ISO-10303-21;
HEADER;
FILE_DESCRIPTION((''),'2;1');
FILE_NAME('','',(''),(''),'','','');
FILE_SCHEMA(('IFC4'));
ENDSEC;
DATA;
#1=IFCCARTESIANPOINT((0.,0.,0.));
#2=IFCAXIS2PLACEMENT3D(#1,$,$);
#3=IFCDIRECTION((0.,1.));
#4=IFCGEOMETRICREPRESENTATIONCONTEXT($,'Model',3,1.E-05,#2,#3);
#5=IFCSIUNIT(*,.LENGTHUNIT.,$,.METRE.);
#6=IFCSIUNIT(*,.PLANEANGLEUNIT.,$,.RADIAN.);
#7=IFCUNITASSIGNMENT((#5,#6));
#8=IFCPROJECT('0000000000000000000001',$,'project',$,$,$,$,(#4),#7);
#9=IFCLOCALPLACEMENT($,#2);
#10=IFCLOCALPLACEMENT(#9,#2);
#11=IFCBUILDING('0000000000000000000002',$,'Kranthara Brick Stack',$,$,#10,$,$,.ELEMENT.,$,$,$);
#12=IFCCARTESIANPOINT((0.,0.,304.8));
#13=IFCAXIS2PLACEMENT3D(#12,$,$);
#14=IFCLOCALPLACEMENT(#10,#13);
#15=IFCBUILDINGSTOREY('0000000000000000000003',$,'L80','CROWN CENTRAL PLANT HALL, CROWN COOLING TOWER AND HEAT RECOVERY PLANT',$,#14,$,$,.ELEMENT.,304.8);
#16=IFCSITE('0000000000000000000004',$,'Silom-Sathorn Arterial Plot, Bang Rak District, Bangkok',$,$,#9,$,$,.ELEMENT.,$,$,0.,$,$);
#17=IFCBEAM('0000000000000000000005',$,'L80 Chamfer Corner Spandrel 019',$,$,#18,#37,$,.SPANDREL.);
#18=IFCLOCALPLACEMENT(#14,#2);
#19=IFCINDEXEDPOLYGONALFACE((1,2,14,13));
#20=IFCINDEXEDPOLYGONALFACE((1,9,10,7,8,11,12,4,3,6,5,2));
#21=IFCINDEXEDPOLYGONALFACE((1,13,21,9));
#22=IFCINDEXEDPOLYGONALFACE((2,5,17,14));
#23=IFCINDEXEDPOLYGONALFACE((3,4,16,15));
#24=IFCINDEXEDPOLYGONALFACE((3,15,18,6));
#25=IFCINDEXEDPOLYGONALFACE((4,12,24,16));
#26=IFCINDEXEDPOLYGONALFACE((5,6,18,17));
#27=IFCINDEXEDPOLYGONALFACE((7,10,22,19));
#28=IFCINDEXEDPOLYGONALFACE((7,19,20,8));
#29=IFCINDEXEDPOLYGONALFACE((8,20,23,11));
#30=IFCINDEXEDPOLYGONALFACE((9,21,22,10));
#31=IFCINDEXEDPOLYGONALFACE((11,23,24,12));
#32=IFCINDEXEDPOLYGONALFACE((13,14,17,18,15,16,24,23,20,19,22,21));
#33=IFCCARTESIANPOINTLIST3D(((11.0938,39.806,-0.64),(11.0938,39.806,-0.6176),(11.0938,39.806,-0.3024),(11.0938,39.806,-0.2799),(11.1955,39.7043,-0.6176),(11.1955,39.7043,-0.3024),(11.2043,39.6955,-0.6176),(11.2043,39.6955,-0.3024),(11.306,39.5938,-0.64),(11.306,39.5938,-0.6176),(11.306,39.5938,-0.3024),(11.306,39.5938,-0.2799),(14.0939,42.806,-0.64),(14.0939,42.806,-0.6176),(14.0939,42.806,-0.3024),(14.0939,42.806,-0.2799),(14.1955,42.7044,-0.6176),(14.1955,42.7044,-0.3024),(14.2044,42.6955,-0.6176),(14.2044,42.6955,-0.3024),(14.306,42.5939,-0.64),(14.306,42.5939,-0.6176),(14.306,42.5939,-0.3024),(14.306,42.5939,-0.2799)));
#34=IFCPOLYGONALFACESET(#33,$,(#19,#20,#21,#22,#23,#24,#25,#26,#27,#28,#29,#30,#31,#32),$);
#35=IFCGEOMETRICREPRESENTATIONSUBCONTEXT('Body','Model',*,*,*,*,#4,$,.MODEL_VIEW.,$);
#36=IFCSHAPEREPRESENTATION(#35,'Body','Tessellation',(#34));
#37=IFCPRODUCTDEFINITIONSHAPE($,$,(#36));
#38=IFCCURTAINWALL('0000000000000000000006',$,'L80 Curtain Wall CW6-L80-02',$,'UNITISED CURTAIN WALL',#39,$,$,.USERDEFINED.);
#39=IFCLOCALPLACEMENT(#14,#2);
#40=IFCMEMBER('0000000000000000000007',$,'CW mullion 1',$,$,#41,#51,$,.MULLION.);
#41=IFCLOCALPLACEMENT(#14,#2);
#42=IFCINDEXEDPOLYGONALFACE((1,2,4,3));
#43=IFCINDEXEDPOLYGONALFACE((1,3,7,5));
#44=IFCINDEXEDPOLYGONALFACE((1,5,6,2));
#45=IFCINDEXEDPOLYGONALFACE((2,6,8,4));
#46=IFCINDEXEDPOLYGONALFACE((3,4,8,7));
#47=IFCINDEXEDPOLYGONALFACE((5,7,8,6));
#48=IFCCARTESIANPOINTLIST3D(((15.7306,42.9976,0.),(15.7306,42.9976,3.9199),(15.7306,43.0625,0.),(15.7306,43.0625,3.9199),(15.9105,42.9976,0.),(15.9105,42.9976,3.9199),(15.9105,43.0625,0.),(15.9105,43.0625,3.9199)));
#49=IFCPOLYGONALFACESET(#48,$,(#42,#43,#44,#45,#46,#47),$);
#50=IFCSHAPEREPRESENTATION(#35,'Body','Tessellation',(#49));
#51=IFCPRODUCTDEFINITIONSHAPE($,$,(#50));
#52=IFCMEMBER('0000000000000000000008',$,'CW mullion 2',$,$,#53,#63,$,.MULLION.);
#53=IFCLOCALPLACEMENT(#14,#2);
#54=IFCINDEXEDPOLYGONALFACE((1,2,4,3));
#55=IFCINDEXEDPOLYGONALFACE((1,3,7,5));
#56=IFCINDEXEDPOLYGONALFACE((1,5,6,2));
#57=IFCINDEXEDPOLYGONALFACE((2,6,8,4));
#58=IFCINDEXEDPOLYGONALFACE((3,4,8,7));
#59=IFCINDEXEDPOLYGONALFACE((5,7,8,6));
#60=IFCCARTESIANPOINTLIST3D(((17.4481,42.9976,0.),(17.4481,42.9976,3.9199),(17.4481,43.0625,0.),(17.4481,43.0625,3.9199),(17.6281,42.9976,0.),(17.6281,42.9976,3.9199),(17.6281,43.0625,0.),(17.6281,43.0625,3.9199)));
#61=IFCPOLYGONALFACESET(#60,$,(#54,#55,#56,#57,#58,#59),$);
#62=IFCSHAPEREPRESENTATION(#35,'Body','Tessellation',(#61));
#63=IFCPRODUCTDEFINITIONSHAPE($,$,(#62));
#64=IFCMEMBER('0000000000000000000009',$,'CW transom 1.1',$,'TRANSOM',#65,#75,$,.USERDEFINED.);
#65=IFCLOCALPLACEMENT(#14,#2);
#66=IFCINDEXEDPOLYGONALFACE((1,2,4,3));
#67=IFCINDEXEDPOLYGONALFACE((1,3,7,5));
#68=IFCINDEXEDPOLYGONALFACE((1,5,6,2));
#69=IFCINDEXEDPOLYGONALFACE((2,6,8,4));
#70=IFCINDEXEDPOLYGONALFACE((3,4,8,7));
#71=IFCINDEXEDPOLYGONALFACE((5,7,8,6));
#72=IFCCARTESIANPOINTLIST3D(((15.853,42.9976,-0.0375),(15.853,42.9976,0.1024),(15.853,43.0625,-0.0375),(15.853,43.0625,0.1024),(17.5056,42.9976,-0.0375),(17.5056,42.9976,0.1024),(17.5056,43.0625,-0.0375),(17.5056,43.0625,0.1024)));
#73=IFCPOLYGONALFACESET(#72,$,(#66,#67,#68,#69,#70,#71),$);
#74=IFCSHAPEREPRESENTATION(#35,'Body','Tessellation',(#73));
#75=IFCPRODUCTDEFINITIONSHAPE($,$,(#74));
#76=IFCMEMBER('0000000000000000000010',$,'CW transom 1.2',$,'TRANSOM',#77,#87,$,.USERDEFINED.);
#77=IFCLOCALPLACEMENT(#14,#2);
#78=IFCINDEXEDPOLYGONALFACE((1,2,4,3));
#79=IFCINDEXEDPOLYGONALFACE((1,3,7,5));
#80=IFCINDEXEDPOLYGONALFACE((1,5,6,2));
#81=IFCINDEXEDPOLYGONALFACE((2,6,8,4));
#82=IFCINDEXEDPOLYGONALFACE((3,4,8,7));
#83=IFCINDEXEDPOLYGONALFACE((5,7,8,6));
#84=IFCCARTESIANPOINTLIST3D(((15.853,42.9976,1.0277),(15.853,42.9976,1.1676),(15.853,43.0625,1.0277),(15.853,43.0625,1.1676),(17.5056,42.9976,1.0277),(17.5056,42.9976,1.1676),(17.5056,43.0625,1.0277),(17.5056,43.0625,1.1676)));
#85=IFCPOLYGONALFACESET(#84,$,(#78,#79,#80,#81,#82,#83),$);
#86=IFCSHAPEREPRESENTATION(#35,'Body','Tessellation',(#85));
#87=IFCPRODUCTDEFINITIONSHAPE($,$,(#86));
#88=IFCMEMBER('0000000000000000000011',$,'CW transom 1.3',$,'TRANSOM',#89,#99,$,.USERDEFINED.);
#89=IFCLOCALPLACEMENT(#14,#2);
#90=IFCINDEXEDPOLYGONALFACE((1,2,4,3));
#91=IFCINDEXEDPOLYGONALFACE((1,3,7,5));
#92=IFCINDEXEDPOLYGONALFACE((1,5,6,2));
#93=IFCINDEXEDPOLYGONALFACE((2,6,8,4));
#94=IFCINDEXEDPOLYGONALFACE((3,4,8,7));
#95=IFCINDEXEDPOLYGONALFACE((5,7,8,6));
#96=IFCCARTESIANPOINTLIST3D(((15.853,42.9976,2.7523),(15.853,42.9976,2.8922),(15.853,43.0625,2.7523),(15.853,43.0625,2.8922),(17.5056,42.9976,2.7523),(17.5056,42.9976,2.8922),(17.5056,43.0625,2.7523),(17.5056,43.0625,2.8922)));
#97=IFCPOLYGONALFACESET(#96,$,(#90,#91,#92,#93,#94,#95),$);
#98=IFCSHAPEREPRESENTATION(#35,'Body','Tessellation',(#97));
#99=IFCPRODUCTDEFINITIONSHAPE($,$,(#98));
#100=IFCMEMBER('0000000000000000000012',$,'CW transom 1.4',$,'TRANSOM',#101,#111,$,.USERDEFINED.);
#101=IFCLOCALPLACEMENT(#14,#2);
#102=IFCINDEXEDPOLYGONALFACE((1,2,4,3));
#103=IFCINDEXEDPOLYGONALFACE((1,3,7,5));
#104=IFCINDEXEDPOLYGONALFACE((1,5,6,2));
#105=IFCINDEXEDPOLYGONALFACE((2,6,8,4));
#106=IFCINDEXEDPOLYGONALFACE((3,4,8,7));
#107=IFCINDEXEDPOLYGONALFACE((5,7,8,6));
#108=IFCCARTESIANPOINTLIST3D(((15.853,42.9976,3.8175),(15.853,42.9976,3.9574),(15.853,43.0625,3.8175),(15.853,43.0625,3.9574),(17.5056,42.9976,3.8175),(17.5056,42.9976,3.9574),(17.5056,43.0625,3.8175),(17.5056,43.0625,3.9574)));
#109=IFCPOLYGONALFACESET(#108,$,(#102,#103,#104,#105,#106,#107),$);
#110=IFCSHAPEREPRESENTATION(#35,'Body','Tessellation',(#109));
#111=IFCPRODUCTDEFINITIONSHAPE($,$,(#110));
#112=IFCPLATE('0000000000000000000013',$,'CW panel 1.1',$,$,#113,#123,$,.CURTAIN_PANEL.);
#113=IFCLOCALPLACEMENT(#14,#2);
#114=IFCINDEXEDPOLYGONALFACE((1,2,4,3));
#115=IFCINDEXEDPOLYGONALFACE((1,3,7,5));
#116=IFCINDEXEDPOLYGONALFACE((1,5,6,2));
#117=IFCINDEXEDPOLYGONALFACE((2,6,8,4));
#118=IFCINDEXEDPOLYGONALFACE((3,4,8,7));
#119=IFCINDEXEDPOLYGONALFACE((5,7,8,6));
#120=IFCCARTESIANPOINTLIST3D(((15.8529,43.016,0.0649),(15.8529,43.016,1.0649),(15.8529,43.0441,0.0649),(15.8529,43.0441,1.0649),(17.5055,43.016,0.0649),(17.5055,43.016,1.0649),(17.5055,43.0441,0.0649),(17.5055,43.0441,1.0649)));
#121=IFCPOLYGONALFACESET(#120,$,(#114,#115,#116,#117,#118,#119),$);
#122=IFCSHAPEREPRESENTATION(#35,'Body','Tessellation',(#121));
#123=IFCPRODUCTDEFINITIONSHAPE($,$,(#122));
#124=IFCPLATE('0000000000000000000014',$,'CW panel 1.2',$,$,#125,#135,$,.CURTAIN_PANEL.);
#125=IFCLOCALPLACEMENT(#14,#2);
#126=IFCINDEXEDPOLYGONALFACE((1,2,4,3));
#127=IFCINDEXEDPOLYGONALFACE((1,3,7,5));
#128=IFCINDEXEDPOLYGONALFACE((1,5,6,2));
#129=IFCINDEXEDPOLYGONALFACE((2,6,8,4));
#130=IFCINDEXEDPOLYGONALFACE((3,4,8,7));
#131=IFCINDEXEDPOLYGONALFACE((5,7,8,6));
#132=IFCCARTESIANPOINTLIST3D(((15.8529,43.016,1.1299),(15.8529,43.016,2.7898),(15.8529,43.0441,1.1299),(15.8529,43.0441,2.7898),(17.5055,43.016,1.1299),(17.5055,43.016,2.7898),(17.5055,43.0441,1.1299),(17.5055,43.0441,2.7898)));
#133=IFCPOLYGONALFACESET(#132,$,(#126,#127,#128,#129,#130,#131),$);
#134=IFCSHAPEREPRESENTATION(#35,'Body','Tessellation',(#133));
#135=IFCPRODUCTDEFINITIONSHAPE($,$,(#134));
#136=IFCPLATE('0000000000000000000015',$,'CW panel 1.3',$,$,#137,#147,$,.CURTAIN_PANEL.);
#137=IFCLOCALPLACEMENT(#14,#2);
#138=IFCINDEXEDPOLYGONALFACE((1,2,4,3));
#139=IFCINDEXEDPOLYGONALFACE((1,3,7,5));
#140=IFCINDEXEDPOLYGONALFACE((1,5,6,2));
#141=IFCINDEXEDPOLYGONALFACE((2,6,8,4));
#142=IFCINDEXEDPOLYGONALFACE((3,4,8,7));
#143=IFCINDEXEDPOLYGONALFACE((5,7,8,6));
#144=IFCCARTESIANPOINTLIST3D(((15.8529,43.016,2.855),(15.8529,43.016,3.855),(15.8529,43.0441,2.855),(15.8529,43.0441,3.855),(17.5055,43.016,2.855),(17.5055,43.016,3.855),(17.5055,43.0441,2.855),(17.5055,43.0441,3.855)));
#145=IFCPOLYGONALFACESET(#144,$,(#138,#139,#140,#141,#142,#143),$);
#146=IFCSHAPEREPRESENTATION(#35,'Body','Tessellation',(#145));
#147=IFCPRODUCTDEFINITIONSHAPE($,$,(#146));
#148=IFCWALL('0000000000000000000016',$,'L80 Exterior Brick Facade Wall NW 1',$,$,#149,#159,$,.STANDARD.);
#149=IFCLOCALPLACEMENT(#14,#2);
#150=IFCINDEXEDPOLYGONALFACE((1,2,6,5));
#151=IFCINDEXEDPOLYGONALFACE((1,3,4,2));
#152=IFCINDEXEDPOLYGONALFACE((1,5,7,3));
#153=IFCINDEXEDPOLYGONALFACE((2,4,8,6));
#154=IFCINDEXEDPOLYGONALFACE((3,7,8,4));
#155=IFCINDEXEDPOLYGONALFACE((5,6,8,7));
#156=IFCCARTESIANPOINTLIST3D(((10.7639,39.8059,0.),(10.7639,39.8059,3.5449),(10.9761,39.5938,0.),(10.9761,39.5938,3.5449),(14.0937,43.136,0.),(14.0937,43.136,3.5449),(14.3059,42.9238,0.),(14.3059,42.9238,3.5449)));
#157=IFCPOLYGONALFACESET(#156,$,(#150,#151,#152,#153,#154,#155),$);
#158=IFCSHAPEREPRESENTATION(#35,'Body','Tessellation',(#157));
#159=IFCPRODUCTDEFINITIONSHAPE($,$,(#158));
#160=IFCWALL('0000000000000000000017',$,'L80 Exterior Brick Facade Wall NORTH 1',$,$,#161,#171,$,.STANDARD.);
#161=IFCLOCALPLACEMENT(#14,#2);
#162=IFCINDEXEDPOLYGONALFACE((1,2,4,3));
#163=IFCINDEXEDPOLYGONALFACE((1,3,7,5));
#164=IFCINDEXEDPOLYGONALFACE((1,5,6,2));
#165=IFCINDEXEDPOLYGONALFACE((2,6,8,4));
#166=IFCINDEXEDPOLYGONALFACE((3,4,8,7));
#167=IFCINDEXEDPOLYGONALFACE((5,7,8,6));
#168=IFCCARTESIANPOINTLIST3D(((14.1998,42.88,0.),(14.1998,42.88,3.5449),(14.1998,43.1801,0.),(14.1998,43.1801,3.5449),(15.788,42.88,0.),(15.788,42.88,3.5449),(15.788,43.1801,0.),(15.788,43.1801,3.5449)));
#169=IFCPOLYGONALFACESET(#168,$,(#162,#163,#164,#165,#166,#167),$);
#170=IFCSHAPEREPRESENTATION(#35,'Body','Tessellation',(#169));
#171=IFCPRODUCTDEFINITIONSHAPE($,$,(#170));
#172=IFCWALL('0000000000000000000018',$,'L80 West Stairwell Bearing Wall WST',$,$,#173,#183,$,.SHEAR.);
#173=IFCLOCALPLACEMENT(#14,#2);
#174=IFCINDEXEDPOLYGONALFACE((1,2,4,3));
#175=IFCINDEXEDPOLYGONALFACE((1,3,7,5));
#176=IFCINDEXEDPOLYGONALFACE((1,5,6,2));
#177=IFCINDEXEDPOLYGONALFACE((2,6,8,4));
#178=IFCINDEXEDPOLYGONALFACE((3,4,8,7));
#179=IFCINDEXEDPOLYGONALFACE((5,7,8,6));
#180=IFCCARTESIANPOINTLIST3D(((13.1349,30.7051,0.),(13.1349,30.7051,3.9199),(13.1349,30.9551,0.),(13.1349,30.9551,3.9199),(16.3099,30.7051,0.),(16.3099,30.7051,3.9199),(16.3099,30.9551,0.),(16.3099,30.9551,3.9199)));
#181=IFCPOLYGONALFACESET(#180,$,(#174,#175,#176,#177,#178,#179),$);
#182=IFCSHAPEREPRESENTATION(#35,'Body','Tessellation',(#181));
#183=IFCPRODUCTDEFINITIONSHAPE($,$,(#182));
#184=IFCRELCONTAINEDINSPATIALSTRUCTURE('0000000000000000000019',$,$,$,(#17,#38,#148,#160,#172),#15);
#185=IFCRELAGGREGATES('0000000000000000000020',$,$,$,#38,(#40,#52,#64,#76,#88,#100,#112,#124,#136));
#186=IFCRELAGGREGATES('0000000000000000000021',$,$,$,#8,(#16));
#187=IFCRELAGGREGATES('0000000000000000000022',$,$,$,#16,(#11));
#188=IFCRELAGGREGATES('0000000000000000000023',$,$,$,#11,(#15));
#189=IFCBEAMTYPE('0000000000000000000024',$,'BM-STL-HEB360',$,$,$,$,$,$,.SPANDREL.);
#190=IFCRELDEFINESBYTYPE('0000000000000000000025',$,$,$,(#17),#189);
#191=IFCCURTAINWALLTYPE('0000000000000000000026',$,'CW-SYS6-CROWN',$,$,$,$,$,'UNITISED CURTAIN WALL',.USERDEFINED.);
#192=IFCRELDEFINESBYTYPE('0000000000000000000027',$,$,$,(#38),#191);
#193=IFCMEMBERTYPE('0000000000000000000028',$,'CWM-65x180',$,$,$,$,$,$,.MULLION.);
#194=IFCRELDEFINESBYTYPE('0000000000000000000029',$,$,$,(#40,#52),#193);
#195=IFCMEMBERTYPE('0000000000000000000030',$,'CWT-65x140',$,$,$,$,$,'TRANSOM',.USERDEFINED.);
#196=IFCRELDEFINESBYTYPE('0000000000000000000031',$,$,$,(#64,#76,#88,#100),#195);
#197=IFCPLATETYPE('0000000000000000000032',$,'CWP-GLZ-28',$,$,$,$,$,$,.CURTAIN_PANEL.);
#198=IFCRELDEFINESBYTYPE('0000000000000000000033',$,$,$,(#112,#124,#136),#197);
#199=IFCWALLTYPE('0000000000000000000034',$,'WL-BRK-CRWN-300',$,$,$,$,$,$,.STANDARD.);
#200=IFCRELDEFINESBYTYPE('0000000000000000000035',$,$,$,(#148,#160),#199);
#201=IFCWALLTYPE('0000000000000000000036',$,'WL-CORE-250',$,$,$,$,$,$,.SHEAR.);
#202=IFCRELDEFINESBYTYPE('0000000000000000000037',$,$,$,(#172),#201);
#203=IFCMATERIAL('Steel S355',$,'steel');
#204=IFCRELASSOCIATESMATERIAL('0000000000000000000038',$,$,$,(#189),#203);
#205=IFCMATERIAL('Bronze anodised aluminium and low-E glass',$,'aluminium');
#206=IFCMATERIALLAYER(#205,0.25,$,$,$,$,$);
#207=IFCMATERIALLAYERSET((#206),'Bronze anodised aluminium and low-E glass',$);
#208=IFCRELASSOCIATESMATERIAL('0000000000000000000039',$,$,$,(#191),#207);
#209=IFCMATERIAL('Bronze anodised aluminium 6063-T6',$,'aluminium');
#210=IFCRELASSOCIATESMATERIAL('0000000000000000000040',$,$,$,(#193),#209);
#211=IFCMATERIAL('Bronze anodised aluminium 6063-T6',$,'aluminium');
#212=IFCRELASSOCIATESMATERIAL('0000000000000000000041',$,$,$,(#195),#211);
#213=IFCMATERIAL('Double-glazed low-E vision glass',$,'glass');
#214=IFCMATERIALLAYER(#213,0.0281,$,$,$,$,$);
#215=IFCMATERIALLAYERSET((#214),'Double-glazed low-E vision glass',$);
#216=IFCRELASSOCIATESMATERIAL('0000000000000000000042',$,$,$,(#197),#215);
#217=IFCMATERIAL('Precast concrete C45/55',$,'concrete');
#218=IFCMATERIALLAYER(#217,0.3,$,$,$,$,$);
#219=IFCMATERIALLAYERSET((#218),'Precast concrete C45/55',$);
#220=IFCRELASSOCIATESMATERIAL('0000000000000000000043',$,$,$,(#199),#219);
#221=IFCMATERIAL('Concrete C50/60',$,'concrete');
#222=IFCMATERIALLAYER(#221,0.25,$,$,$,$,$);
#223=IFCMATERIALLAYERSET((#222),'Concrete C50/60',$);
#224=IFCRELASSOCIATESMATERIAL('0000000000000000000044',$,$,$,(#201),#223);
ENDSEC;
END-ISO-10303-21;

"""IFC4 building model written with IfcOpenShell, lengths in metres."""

from ifc_helpers import new_model, si_unit, direction, frame, frame_2d, origin, origin_2d, place, context, subcontext, project, spatial, rectangle, i_section, extrude, material, layer, layer_set, material_profile, profile_set, type_object, element, aggregate, save


model = new_model("IFC4")

# Units and contexts
model_context = context("Model", 3, precision=1e-05, world=origin(), true_north=direction((0.0, 1.0)))
body_context = subcontext(model_context, "Body", "Model", "MODEL_VIEW")
ifc_project = project(units=[si_unit("LENGTHUNIT", "METRE"), si_unit("PLANEANGLEUNIT", "RADIAN")], contexts=[model_context])

# Site, building, storey
site_placement = place(None, origin())
site = spatial("IfcSite", under=ifc_project, at=site_placement, Name="Silom-Sathorn Arterial Plot, Bang Rak District, Bangkok", CompositionType="ELEMENT", RefElevation=0.0)
building_placement = place(site_placement, origin())
building = spatial("IfcBuilding", under=site, at=building_placement, Name="Kranthara Brick Stack", CompositionType="ELEMENT")
storey_placement = place(building_placement, frame((0.0, 0.0, 304.8)))
storey = spatial("IfcBuildingStorey", under=building, at=storey_placement, Name="L80", Description="CROWN CENTRAL PLANT HALL, CROWN COOLING TOWER AND HEAT RECOVERY PLANT", CompositionType="ELEMENT", Elevation=304.8)

# Beam
ifc_material_1 = material(Name="Steel S355", Category="steel")
ifc_material_profile_1 = material_profile(ifc_material_1, i_section(OverallWidth=0.3, OverallDepth=0.3601, WebThickness=0.0125, FlangeThickness=0.0225, at=origin_2d()), Name="HEB 360")
ifc_profile_set_1 = profile_set([ifc_material_profile_1], Name="Steel S355")
beam_type_1 = type_object("IfcBeamType", Name="BM-STL-HEB360", PredefinedType="SPANDREL", material=ifc_profile_set_1)
beam_1_placement = place(storey_placement, frame((14.2, 42.7, -0.46), z_axis=(-0.707107, -0.707107, 0.0), x_axis=(0.707107, -0.707107, 0.0)))
element("IfcBeam", 1, at=beam_1_placement, inside=storey, type_object=beam_type_1, Name="L80 Chamfer Corner Spandrel 019", PredefinedType="SPANDREL", context=body_context, shape_type="SweptSolid", body=[
    extrude(i_section(OverallWidth=0.3, OverallDepth=0.3601, WebThickness=0.0125, FlangeThickness=0.0225, at=origin_2d()), origin(), (0.0, 0.0, 1.0), 4.2427),
])

# Curtain wall, members, plates
ifc_material_2 = material(Name="Bronze anodised aluminium and low-E glass", Category="aluminium")
ifc_layer_1 = layer(ifc_material_2, 0.25)
ifc_layer_set_1 = layer_set([ifc_layer_1], Name="Bronze anodised aluminium and low-E glass")
curtain_wall_type = type_object("IfcCurtainWallType", Name="CW-SYS6-CROWN", ElementType="UNITISED CURTAIN WALL", PredefinedType="USERDEFINED", material=ifc_layer_set_1)
curtain_wall_placement = place(storey_placement, origin())
curtain_wall = element("IfcCurtainWall", 2, at=curtain_wall_placement, inside=storey, type_object=curtain_wall_type, Name="L80 Curtain Wall CW6-L80-02", ObjectType="UNITISED CURTAIN WALL", PredefinedType="USERDEFINED")
ifc_material_3 = material(Name="Bronze anodised aluminium 6063-T6", Category="aluminium")
ifc_material_profile_2 = material_profile(ifc_material_3, rectangle(XDim=0.0649, YDim=0.1799, at=origin_2d()), Name="ALU MULLION 65x180")
ifc_profile_set_2 = profile_set([ifc_material_profile_2], Name="Bronze anodised aluminium 6063-T6")
member_type_1 = type_object("IfcMemberType", Name="CWM-65x180", PredefinedType="MULLION", material=ifc_profile_set_2)
member_1_placement = place(storey_placement, frame((15.8206, 43.03, 0.0), z_axis=(0.0, 0.0, 1.0), x_axis=(0.0, 1.0, 0.0)))
member_1 = element("IfcMember", 3, at=member_1_placement, type_object=member_type_1, Name="CW mullion 1", PredefinedType="MULLION", context=body_context, shape_type="SweptSolid", body=[
    extrude(rectangle(XDim=0.0649, YDim=0.1799, at=origin_2d()), origin(), (0.0, 0.0, 1.0), 3.9199),
])
member_2_placement = place(storey_placement, frame((17.5381, 43.03, 0.0), z_axis=(0.0, 0.0, 1.0), x_axis=(0.0, 1.0, 0.0)))
member_2 = element("IfcMember", 4, at=member_2_placement, type_object=member_type_1, Name="CW mullion 2", PredefinedType="MULLION", context=body_context, shape_type="SweptSolid", body=[
    extrude(rectangle(XDim=0.0649, YDim=0.1799, at=origin_2d()), origin(), (0.0, 0.0, 1.0), 3.9199),
])
ifc_material_4 = material(Name="Bronze anodised aluminium 6063-T6", Category="aluminium")
ifc_material_profile_3 = material_profile(ifc_material_4, rectangle(XDim=0.0649, YDim=0.1399, at=origin_2d()), Name="ALU TRANSOM 65x140")
ifc_profile_set_3 = profile_set([ifc_material_profile_3], Name="Bronze anodised aluminium 6063-T6")
member_type_2 = type_object("IfcMemberType", Name="CWT-65x140", ElementType="TRANSOM", PredefinedType="USERDEFINED", material=ifc_profile_set_3)
member_3_placement = place(storey_placement, frame((15.853, 43.03, 0.0325), z_axis=(1.0, 0.0, 0.0), x_axis=(0.0, 1.0, 0.0)))
member_3 = element("IfcMember", 5, at=member_3_placement, type_object=member_type_2, Name="CW transom 1.1", ObjectType="TRANSOM", PredefinedType="USERDEFINED", context=body_context, shape_type="SweptSolid", body=[
    extrude(rectangle(XDim=0.0649, YDim=0.1399, at=origin_2d()), origin(), (0.0, 0.0, 1.0), 1.6526),
])
member_4_placement = place(storey_placement, frame((15.853, 43.03, 1.0977), z_axis=(1.0, 0.0, 0.0), x_axis=(0.0, 1.0, 0.0)))
member_4 = element("IfcMember", 6, at=member_4_placement, type_object=member_type_2, Name="CW transom 1.2", ObjectType="TRANSOM", PredefinedType="USERDEFINED", context=body_context, shape_type="SweptSolid", body=[
    extrude(rectangle(XDim=0.0649, YDim=0.1399, at=origin_2d()), origin(), (0.0, 0.0, 1.0), 1.6526),
])
member_5_placement = place(storey_placement, frame((15.853, 43.03, 2.8223), z_axis=(1.0, 0.0, 0.0), x_axis=(0.0, 1.0, 0.0)))
member_5 = element("IfcMember", 7, at=member_5_placement, type_object=member_type_2, Name="CW transom 1.3", ObjectType="TRANSOM", PredefinedType="USERDEFINED", context=body_context, shape_type="SweptSolid", body=[
    extrude(rectangle(XDim=0.0649, YDim=0.1399, at=origin_2d()), origin(), (0.0, 0.0, 1.0), 1.6526),
])
member_6_placement = place(storey_placement, frame((15.853, 43.03, 3.8875), z_axis=(1.0, 0.0, 0.0), x_axis=(0.0, 1.0, 0.0)))
member_6 = element("IfcMember", 8, at=member_6_placement, type_object=member_type_2, Name="CW transom 1.4", ObjectType="TRANSOM", PredefinedType="USERDEFINED", context=body_context, shape_type="SweptSolid", body=[
    extrude(rectangle(XDim=0.0649, YDim=0.1399, at=origin_2d()), origin(), (0.0, 0.0, 1.0), 1.6526),
])
ifc_material_5 = material(Name="Double-glazed low-E vision glass", Category="glass")
ifc_layer_2 = layer(ifc_material_5, 0.0281)
ifc_layer_set_2 = layer_set([ifc_layer_2], Name="Double-glazed low-E vision glass")
plate_type = type_object("IfcPlateType", Name="CWP-GLZ-28", PredefinedType="CURTAIN_PANEL", material=ifc_layer_set_2)
plate_1_placement = place(storey_placement, frame((16.6792, 43.03, 0.0649), z_axis=(0.0, 0.0, 1.0), x_axis=(1.0, 0.0, 0.0)))
plate_1 = element("IfcPlate", 9, at=plate_1_placement, type_object=plate_type, Name="CW panel 1.1", PredefinedType="CURTAIN_PANEL", context=body_context, shape_type="SweptSolid", body=[
    extrude(rectangle(XDim=1.6526, YDim=0.0281, at=origin_2d()), origin(), (0.0, 0.0, 1.0), 1.0),
])
plate_2_placement = place(storey_placement, frame((16.6792, 43.03, 1.1299), z_axis=(0.0, 0.0, 1.0), x_axis=(1.0, 0.0, 0.0)))
plate_2 = element("IfcPlate", 10, at=plate_2_placement, type_object=plate_type, Name="CW panel 1.2", PredefinedType="CURTAIN_PANEL", context=body_context, shape_type="SweptSolid", body=[
    extrude(rectangle(XDim=1.6526, YDim=0.0281, at=origin_2d()), origin(), (0.0, 0.0, 1.0), 1.6599),
])
plate_3_placement = place(storey_placement, frame((16.6792, 43.03, 2.855), z_axis=(0.0, 0.0, 1.0), x_axis=(1.0, 0.0, 0.0)))
plate_3 = element("IfcPlate", 11, at=plate_3_placement, type_object=plate_type, Name="CW panel 1.3", PredefinedType="CURTAIN_PANEL", context=body_context, shape_type="SweptSolid", body=[
    extrude(rectangle(XDim=1.6526, YDim=0.0281, at=origin_2d()), origin(), (0.0, 0.0, 1.0), 1.0),
])
aggregate(curtain_wall, [member_1, member_2, member_3, member_4, member_5, member_6, plate_1, plate_2, plate_3])

# Walls
ifc_material_6 = material(Name="Precast concrete C45/55", Category="concrete")
ifc_layer_3 = layer(ifc_material_6, 0.3)
ifc_layer_set_3 = layer_set([ifc_layer_3], Name="Precast concrete C45/55")
wall_type_1 = type_object("IfcWallType", Name="WL-BRK-CRWN-300", PredefinedType="STANDARD", material=ifc_layer_set_3)
wall_1_placement = place(storey_placement, frame((10.8701, 39.7, 0.0), z_axis=(0.0, 0.0, 1.0), x_axis=(0.707081, 0.707133, 0.0)))
element("IfcWall", 12, at=wall_1_placement, inside=storey, type_object=wall_type_1, Name="L80 Exterior Brick Facade Wall NW 1", PredefinedType="STANDARD", context=body_context, shape_type="SweptSolid", body=[
    extrude(rectangle(XDim=4.7092, YDim=0.3, at=frame_2d((2.3545, 0.0))), origin(), (0.0, 0.0, 1.0), 3.5449),
])
wall_2_placement = place(storey_placement, frame((14.2, 43.03, 0.0), z_axis=(0.0, 0.0, 1.0), x_axis=(1.0, 0.0, 0.0)))
element("IfcWall", 13, at=wall_2_placement, inside=storey, type_object=wall_type_1, Name="L80 Exterior Brick Facade Wall NORTH 1", PredefinedType="STANDARD", context=body_context, shape_type="SweptSolid", body=[
    extrude(rectangle(XDim=1.5881, YDim=0.3, at=frame_2d((0.7939, 0.0))), origin(), (0.0, 0.0, 1.0), 3.5449),
])
ifc_material_7 = material(Name="Concrete C50/60", Category="concrete")
ifc_layer_4 = layer(ifc_material_7, 0.25)
ifc_layer_set_4 = layer_set([ifc_layer_4], Name="Concrete C50/60")
wall_type_2 = type_object("IfcWallType", Name="WL-CORE-250", PredefinedType="SHEAR", material=ifc_layer_set_4)
wall_3_placement = place(storey_placement, frame((13.135, 30.8301, 0.0), z_axis=(0.0, 0.0, 1.0), x_axis=(1.0, 0.0, 0.0)))
element("IfcWall", 14, at=wall_3_placement, inside=storey, type_object=wall_type_2, Name="L80 West Stairwell Bearing Wall WST", PredefinedType="SHEAR", context=body_context, shape_type="SweptSolid", body=[
    extrude(rectangle(XDim=3.175, YDim=0.25, at=frame_2d((1.5874, 0.0))), origin(), (0.0, 0.0, 1.0), 3.9199),
])

save(model, "model.ifc")
